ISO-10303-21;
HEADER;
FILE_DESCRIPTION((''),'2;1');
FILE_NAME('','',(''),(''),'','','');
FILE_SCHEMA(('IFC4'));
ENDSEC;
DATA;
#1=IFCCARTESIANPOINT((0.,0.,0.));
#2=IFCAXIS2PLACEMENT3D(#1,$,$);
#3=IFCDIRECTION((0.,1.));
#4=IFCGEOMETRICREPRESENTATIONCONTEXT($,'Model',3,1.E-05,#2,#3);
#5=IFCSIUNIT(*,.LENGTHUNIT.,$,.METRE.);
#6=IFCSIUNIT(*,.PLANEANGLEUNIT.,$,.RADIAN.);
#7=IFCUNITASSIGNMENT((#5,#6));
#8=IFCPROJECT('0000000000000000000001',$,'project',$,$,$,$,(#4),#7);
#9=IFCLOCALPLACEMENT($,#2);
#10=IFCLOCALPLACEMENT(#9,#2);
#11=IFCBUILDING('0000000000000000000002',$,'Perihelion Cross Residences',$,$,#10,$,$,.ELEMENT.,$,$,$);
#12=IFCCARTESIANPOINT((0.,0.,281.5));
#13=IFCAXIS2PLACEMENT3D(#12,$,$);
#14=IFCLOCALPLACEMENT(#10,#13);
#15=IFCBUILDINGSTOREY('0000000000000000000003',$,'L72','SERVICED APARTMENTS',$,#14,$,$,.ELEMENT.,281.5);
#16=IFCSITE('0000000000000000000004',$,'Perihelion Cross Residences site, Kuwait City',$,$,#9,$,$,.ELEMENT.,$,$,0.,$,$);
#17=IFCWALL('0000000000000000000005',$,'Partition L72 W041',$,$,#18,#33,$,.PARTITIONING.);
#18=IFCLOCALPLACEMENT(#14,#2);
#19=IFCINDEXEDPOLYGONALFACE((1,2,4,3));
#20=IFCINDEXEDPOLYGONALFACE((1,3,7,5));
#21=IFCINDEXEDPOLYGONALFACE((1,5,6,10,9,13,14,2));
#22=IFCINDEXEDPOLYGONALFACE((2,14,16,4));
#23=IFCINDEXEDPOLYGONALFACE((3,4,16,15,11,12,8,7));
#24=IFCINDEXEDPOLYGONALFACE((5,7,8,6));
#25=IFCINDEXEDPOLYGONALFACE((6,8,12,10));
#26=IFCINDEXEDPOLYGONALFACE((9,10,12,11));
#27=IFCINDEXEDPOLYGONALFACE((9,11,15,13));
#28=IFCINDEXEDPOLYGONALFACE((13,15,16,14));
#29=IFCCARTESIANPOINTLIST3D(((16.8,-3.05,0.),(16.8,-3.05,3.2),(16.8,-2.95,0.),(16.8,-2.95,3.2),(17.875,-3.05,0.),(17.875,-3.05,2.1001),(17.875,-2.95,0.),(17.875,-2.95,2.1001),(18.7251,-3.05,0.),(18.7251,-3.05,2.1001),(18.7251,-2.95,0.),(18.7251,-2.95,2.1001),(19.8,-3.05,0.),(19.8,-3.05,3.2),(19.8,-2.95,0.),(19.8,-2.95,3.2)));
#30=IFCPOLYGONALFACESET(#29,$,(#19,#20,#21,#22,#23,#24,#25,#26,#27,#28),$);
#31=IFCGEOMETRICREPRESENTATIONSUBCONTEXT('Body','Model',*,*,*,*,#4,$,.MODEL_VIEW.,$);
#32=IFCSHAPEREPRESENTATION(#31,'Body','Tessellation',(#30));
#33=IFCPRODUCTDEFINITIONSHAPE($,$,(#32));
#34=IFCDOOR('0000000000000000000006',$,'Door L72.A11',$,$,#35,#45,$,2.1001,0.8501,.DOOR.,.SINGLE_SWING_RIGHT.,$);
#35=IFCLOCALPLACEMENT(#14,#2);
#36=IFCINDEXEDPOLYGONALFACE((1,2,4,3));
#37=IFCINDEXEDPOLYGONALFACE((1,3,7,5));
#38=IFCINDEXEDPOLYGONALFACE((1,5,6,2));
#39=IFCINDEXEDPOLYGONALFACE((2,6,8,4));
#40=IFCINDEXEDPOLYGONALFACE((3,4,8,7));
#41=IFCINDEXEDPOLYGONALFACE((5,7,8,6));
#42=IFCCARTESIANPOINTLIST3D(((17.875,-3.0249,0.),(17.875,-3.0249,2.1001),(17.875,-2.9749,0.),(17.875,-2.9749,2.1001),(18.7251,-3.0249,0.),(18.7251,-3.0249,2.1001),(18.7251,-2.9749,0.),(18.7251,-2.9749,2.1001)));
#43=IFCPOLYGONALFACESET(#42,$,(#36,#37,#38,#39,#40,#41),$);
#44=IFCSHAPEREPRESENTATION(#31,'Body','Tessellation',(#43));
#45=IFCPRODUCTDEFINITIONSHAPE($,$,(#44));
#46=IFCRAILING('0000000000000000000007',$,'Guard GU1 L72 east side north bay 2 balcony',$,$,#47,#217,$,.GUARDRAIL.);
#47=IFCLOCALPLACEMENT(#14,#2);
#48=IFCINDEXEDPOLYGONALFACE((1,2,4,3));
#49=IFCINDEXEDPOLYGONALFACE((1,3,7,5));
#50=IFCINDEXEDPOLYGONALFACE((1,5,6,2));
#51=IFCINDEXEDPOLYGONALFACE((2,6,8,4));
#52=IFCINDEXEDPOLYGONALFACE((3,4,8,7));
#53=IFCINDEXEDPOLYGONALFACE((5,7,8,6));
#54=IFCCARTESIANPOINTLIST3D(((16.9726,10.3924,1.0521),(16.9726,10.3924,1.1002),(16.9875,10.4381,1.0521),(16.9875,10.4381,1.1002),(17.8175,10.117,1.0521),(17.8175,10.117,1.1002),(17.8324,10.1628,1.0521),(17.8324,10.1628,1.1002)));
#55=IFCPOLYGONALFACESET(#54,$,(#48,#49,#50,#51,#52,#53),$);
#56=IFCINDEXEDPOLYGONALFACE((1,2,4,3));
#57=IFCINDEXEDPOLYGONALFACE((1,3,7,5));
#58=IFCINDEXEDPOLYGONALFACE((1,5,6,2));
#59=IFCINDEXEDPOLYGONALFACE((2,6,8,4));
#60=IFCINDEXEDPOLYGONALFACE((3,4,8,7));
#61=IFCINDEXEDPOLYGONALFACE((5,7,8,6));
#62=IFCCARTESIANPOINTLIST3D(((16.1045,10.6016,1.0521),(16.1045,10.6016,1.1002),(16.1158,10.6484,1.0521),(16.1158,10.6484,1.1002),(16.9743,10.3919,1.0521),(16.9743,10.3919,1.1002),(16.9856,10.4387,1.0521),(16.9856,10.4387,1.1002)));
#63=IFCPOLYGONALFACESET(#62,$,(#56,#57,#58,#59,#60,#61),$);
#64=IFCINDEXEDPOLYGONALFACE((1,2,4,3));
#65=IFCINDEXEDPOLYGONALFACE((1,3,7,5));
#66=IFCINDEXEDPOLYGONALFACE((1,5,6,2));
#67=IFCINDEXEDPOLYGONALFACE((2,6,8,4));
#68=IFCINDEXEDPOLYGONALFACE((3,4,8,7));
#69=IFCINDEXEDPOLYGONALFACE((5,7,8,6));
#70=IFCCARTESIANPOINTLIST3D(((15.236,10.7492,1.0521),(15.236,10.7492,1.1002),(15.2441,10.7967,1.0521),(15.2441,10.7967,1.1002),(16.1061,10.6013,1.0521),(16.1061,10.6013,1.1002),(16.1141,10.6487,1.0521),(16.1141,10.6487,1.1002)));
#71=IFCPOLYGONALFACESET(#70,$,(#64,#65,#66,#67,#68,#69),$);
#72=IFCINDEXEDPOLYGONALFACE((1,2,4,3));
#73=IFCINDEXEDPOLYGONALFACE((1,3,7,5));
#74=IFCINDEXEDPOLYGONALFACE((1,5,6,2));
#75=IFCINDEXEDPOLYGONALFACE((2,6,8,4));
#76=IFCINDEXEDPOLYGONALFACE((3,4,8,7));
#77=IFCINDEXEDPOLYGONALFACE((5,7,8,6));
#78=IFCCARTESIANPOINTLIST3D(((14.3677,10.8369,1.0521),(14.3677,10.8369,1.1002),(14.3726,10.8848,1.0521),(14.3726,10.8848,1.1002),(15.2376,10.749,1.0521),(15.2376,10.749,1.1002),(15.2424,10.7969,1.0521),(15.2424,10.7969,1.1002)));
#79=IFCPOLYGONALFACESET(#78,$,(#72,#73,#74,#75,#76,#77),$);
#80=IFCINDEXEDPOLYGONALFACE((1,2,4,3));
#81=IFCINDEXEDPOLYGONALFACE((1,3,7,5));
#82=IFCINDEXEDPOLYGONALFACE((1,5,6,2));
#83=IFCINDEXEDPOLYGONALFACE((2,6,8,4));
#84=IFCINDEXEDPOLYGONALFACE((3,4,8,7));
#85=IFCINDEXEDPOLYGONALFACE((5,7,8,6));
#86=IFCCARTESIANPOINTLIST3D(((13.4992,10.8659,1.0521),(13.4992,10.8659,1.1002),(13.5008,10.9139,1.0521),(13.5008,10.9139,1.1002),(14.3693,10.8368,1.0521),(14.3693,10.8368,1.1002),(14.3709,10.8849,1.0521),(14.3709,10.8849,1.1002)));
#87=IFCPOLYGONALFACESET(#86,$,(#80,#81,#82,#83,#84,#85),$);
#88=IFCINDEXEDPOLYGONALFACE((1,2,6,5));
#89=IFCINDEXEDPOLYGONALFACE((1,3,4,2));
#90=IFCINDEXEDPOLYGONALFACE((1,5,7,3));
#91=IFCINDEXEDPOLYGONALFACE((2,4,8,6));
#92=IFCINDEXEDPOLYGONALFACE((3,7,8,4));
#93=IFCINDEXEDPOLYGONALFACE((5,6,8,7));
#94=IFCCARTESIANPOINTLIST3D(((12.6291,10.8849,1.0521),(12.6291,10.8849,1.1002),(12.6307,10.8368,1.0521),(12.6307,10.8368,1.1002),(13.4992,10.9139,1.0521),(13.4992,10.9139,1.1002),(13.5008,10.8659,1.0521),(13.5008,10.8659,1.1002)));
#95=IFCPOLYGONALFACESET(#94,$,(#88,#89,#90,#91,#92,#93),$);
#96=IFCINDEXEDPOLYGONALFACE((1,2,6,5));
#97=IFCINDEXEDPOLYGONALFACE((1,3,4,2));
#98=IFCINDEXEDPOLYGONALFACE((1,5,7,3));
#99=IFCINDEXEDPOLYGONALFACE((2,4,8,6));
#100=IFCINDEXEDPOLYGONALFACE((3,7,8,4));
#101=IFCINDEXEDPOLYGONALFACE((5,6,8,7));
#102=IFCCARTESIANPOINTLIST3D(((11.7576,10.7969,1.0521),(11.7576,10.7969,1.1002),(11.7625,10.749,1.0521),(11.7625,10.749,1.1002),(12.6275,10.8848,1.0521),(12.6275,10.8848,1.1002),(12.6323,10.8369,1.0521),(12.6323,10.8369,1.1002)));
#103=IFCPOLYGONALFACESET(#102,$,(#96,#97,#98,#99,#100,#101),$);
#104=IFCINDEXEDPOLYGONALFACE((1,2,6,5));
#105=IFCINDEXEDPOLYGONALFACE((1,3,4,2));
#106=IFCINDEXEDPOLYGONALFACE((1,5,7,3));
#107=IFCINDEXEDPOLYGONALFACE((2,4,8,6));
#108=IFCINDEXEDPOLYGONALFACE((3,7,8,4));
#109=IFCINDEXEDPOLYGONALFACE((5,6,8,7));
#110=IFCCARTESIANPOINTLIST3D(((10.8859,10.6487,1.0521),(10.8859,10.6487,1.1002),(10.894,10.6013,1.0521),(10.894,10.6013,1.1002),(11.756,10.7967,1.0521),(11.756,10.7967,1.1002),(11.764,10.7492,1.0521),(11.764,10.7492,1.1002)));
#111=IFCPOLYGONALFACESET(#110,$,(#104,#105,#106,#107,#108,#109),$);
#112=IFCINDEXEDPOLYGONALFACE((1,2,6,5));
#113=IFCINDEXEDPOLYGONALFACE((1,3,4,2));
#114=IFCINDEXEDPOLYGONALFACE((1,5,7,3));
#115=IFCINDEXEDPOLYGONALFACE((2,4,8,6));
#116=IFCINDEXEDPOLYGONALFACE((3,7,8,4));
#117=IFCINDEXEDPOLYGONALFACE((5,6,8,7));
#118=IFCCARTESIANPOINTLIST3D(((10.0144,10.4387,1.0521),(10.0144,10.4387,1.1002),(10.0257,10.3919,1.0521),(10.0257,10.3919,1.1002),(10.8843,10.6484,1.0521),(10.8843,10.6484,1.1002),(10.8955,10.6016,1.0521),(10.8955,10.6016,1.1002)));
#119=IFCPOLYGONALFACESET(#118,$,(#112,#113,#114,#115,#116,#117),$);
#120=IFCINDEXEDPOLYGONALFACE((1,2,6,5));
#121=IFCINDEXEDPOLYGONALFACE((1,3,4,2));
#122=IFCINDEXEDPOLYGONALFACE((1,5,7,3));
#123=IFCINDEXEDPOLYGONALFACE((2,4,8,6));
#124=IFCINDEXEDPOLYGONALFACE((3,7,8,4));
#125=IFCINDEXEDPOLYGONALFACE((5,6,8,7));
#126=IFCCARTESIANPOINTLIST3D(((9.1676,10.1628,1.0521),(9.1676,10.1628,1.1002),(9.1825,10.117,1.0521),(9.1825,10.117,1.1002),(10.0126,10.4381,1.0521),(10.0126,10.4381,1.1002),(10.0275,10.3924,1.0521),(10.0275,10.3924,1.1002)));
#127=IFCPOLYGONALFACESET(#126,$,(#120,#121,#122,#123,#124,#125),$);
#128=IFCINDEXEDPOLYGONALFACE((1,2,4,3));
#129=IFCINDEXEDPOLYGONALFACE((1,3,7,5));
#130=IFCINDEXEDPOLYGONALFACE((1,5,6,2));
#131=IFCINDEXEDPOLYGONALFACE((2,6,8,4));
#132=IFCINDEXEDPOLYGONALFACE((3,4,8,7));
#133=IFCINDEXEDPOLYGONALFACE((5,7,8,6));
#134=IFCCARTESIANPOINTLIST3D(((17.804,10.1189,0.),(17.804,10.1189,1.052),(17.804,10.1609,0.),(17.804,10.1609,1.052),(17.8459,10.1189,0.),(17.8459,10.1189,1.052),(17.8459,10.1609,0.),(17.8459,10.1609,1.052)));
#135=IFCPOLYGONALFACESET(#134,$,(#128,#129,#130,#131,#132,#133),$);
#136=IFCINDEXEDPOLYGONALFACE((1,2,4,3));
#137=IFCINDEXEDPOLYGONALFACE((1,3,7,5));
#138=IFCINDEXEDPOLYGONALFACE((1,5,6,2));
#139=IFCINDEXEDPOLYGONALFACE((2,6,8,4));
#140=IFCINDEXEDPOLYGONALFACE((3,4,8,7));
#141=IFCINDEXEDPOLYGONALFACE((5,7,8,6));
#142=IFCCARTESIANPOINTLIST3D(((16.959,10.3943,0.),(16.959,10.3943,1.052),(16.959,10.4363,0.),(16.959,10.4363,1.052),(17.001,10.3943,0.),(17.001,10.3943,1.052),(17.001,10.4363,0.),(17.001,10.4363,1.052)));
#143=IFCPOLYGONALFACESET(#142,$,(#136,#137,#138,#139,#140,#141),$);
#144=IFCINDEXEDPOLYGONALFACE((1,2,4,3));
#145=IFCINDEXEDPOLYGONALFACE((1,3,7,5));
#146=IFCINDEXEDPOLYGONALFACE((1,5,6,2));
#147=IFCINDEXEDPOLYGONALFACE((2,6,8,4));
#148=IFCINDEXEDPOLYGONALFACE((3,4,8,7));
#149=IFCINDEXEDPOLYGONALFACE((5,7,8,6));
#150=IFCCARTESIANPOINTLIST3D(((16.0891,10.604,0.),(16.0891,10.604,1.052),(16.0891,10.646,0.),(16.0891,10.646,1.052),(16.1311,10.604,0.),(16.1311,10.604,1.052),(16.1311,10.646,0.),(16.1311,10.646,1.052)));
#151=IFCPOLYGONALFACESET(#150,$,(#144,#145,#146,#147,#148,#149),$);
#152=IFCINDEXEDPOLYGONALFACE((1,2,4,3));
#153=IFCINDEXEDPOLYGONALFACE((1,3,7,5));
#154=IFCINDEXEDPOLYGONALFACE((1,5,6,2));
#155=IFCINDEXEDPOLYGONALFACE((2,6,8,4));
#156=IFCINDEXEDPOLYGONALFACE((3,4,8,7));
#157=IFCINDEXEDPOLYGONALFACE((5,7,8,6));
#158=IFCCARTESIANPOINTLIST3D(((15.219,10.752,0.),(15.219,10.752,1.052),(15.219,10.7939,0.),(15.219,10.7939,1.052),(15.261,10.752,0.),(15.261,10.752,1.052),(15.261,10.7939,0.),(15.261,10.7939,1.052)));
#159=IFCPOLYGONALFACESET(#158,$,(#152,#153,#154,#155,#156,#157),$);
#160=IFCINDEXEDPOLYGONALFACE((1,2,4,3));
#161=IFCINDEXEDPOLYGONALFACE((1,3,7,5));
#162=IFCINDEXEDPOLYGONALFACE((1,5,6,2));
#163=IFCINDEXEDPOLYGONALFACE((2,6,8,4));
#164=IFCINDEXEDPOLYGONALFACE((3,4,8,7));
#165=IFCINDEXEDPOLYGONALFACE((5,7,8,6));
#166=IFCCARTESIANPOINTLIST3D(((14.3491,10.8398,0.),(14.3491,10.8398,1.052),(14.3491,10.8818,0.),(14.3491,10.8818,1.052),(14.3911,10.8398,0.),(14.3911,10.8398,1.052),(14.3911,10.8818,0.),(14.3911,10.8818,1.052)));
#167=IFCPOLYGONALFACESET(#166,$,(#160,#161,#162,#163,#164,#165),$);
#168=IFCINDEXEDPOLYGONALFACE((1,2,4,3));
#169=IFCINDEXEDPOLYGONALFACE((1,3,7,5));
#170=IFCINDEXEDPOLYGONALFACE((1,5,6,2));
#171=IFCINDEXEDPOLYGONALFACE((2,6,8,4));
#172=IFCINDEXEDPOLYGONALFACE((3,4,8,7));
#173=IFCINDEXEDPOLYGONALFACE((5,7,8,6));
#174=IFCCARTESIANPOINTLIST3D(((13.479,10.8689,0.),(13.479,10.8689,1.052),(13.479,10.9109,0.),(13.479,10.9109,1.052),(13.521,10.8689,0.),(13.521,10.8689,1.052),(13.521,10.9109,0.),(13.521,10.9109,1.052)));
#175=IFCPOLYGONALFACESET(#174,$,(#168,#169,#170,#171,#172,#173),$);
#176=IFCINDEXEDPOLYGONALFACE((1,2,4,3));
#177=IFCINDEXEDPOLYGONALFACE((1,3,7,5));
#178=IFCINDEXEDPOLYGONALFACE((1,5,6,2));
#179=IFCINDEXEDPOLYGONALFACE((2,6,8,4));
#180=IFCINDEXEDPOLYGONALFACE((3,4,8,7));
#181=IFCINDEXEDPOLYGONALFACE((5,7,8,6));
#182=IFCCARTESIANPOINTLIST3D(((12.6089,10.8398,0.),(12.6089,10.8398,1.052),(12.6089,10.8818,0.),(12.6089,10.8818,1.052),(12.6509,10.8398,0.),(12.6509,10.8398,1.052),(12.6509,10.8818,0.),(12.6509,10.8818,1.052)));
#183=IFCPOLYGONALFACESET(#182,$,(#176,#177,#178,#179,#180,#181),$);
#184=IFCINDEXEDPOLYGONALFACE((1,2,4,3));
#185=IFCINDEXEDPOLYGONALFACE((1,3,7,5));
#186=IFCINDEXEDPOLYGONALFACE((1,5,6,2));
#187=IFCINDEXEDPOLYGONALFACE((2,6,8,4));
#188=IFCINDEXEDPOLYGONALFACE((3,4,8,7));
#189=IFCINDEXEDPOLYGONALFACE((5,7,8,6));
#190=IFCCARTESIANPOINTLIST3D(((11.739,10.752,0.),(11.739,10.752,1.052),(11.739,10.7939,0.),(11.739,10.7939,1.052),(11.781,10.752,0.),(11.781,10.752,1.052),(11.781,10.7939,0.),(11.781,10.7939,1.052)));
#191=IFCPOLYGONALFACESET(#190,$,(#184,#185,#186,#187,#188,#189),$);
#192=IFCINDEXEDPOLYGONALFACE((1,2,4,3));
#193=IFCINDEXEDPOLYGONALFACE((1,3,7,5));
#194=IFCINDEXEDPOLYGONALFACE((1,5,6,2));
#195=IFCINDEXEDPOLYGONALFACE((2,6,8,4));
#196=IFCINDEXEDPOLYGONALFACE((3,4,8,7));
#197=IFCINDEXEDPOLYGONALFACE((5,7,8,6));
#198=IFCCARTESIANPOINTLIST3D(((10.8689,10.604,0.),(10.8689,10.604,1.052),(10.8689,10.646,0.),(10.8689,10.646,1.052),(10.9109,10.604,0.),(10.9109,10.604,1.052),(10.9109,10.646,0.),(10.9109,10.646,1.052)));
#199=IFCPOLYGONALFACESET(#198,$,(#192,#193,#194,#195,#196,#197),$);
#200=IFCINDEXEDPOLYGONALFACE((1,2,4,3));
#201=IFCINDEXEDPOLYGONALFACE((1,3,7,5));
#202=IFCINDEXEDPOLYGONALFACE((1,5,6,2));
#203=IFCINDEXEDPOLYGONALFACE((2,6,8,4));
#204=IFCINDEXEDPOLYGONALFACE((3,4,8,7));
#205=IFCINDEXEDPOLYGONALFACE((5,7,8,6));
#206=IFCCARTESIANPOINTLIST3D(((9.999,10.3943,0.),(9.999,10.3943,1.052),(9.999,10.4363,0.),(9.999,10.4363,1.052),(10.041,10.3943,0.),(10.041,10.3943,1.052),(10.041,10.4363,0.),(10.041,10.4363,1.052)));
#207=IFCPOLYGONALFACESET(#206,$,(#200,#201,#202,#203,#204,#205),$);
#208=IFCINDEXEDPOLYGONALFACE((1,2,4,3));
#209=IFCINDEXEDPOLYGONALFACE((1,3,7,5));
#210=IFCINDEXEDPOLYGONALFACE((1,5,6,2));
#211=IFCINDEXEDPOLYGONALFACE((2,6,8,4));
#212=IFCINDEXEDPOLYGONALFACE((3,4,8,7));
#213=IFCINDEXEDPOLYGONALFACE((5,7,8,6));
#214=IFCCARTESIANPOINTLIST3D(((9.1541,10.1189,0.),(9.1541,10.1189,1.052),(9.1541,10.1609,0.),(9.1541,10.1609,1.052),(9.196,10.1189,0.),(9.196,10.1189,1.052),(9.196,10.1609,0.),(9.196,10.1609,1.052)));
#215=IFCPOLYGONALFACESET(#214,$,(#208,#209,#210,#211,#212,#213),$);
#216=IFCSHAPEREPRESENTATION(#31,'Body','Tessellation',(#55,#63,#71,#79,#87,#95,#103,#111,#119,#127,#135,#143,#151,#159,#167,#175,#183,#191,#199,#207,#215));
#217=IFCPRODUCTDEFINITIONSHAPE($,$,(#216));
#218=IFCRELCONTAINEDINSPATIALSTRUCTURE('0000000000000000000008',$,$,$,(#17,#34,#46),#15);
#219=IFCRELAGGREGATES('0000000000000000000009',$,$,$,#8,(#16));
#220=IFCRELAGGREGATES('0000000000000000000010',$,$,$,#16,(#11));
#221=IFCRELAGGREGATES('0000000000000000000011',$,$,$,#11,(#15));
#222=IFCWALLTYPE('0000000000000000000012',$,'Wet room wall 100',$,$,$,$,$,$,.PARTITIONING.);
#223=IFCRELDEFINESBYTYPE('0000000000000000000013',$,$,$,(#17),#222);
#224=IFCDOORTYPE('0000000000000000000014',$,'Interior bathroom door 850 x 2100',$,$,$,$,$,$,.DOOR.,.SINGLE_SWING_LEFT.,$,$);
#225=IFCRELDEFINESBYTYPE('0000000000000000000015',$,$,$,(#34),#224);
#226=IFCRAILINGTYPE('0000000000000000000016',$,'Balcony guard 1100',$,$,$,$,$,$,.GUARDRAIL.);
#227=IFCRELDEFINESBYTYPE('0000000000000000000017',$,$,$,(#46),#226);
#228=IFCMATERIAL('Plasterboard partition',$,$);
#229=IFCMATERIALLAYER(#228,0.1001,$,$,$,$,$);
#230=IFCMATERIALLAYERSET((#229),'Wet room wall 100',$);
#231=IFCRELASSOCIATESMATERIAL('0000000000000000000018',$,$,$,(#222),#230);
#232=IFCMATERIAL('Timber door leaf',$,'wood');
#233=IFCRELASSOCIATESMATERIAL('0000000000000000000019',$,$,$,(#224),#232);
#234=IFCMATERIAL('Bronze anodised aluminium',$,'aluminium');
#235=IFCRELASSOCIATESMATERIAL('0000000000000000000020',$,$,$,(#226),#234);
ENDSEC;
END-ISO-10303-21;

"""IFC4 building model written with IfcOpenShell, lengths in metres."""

from ifc_helpers import new_model, si_unit, direction, frame, frame_2d, origin, origin_2d, place, context, subcontext, project, spatial, rectangle, extrude, material, layer, layer_set, type_object, element, fill, save


model = new_model("IFC4")

# Units and contexts
model_context = context("Model", 3, precision=1e-05, world=origin(), true_north=direction((0.0, 1.0)))
body_context = subcontext(model_context, "Body", "Model", "MODEL_VIEW")
ifc_project = project(units=[si_unit("LENGTHUNIT", "METRE"), si_unit("PLANEANGLEUNIT", "RADIAN")], contexts=[model_context])

# Site, building, storey
site_placement = place(None, origin())
site = spatial("IfcSite", under=ifc_project, at=site_placement, Name="Perihelion Cross Residences site, Kuwait City", CompositionType="ELEMENT", RefElevation=0.0)
building_placement = place(site_placement, origin())
building = spatial("IfcBuilding", under=site, at=building_placement, Name="Perihelion Cross Residences", CompositionType="ELEMENT")
storey_placement = place(building_placement, frame((0.0, 0.0, 281.5)))
storey = spatial("IfcBuildingStorey", under=building, at=storey_placement, Name="L72", Description="SERVICED APARTMENTS", CompositionType="ELEMENT", Elevation=281.5)

# Shared definitions
ifc_material_1 = material(Name="Plasterboard partition")
ifc_layer_1 = layer(ifc_material_1, 0.1001)
ifc_layer_set_1 = layer_set([ifc_layer_1], Name="Wet room wall 100")
wall_type_1 = type_object("IfcWallType", Name="Wet room wall 100", PredefinedType="PARTITIONING", material=ifc_layer_set_1)

# Shared definitions
ifc_material_2 = material(Name="Timber door leaf", Category="wood")
door_type_1 = type_object("IfcDoorType", Name="Interior bathroom door 850 x 2100", OperationType="SINGLE_SWING_LEFT", PredefinedType="DOOR", material=ifc_material_2)

# Wall, opening, door
wall_1_placement = place(storey_placement, frame((19.8, -3.0, 0.0), z_axis=(0.0, 0.0, 1.0), x_axis=(-1.0, 0.0, 0.0)))
wall_1 = element("IfcWall", 1, at=wall_1_placement, inside=storey, type_object=wall_type_1, Name="Partition L72 W041", PredefinedType="PARTITIONING", context=body_context, shape_type="SweptSolid", body=[
    extrude(rectangle(XDim=3.0, YDim=0.1001, at=frame_2d((1.5, 0.0))), origin(), (0.0, 0.0, 1.0), 3.2),
])
opening_1_placement = place(wall_1_placement, frame((1.075, 0.0, 0.0)))
opening_1 = element("IfcOpeningElement", 2, at=opening_1_placement, cuts=wall_1, PredefinedType="OPENING", context=body_context, shape_type="SweptSolid", body=[
    extrude(rectangle(XDim=0.8501, YDim=2.1001, at=frame_2d((0.425, 1.05))), frame((0.0, 0.0601, 0.0), z_axis=(0.0, -1.0, 0.0), x_axis=(1.0, 0.0, 0.0)), (0.0, 0.0, 1.0), 0.1201),
])
door_1_placement = place(opening_1_placement, origin())
door_1 = element("IfcDoor", 3, at=door_1_placement, inside=storey, type_object=door_type_1, Name="Door L72.A11", OperationType="SINGLE_SWING_RIGHT", OverallHeight=2.1001, OverallWidth=0.8501, PredefinedType="DOOR", context=body_context, shape_type="SweptSolid", body=[
    extrude(rectangle(XDim=0.8501, YDim=2.1001, at=frame_2d((0.425, 1.05))), frame((0.0, 0.0249, 0.0), z_axis=(0.0, -1.0, 0.0), x_axis=(1.0, 0.0, 0.0)), (0.0, 0.0, 1.0), 0.05),
])
fill(opening_1, door_1)

# Railing
ifc_material_3 = material(Name="Bronze anodised aluminium", Category="aluminium")
railing_type = type_object("IfcRailingType", Name="Balcony guard 1100", PredefinedType="GUARDRAIL", material=ifc_material_3)
railing_1_placement = place(storey_placement, frame((17.825, 10.1399, 0.0)))
element("IfcRailing", 4, at=railing_1_placement, inside=storey, type_object=railing_type, Name="Guard GU1 L72 east side north bay 2 balcony", PredefinedType="GUARDRAIL", context=body_context, shape_type="SweptSolid", body=[
    extrude(rectangle(XDim=0.0481, YDim=0.0481, at=origin_2d()), frame((0.0, 0.0, 1.0762), z_axis=(-0.950777, 0.309875, 0.0), x_axis=(-0.309875, -0.950777, 0.0)), (0.0, 0.0, 1.0), 0.8887),
    extrude(rectangle(XDim=0.0481, YDim=0.0481, at=origin_2d()), frame((-0.845, 0.2754, 1.0762), z_axis=(-0.972147, 0.234374, 0.0), x_axis=(-0.234374, -0.972147, 0.0)), (0.0, 0.0, 1.0), 0.8948),
    extrude(rectangle(XDim=0.0481, YDim=0.0481, at=origin_2d()), frame((-1.7148, 0.4851, 1.0762), z_axis=(-0.98585, 0.167628, 0.0), x_axis=(-0.167628, -0.98585, 0.0)), (0.0, 0.0, 1.0), 0.8826),
    extrude(rectangle(XDim=0.0481, YDim=0.0481, at=origin_2d()), frame((-2.585, 0.6331, 1.0762), z_axis=(-0.994934, 0.100527, 0.0), x_axis=(-0.100527, -0.994934, 0.0)), (0.0, 0.0, 1.0), 0.8743),
    extrude(rectangle(XDim=0.0481, YDim=0.0481, at=origin_2d()), frame((-3.4548, 0.7209, 1.0762), z_axis=(-0.999443, 0.033371, 0.0), x_axis=(-0.033371, -0.999443, 0.0)), (0.0, 0.0, 1.0), 0.8706),
    extrude(rectangle(XDim=0.0481, YDim=0.0481, at=origin_2d()), frame((-4.325, 0.75, 1.0762), z_axis=(-0.999443, -0.033371, 0.0), x_axis=(0.033371, -0.999443, 0.0)), (0.0, 0.0, 1.0), 0.8706),
    extrude(rectangle(XDim=0.0481, YDim=0.0481, at=origin_2d()), frame((-5.1951, 0.7209, 1.0762), z_axis=(-0.994934, -0.100527, 0.0), x_axis=(0.100527, -0.994934, 0.0)), (0.0, 0.0, 1.0), 0.8743),
    extrude(rectangle(XDim=0.0481, YDim=0.0481, at=origin_2d()), frame((-6.0649, 0.6331, 1.0762), z_axis=(-0.98585, -0.167628, 0.0), x_axis=(0.167628, -0.98585, 0.0)), (0.0, 0.0, 1.0), 0.8826),
    extrude(rectangle(XDim=0.0481, YDim=0.0481, at=origin_2d()), frame((-6.9351, 0.4851, 1.0762), z_axis=(-0.972147, -0.234374, 0.0), x_axis=(0.234374, -0.972147, 0.0)), (0.0, 0.0, 1.0), 0.8948),
    extrude(rectangle(XDim=0.0481, YDim=0.0481, at=origin_2d()), frame((-7.8049, 0.2754, 1.0762), z_axis=(-0.950777, -0.309875, 0.0), x_axis=(0.309875, -0.950777, 0.0)), (0.0, 0.0, 1.0), 0.8887),
    extrude(rectangle(XDim=0.042, YDim=0.042, at=origin_2d()), origin(), (0.0, 0.0, 1.0), 1.052),
    extrude(rectangle(XDim=0.042, YDim=0.042, at=origin_2d()), frame((-0.845, 0.2754, 0.0)), (0.0, 0.0, 1.0), 1.052),
    extrude(rectangle(XDim=0.042, YDim=0.042, at=origin_2d()), frame((-1.7148, 0.4851, 0.0)), (0.0, 0.0, 1.0), 1.052),
    extrude(rectangle(XDim=0.042, YDim=0.042, at=origin_2d()), frame((-2.585, 0.6331, 0.0)), (0.0, 0.0, 1.0), 1.052),
    extrude(rectangle(XDim=0.042, YDim=0.042, at=origin_2d()), frame((-3.4548, 0.7209, 0.0)), (0.0, 0.0, 1.0), 1.052),
    extrude(rectangle(XDim=0.042, YDim=0.042, at=origin_2d()), frame((-4.325, 0.75, 0.0)), (0.0, 0.0, 1.0), 1.052),
    extrude(rectangle(XDim=0.042, YDim=0.042, at=origin_2d()), frame((-5.1951, 0.7209, 0.0)), (0.0, 0.0, 1.0), 1.052),
    extrude(rectangle(XDim=0.042, YDim=0.042, at=origin_2d()), frame((-6.0649, 0.6331, 0.0)), (0.0, 0.0, 1.0), 1.052),
    extrude(rectangle(XDim=0.042, YDim=0.042, at=origin_2d()), frame((-6.9351, 0.4851, 0.0)), (0.0, 0.0, 1.0), 1.052),
    extrude(rectangle(XDim=0.042, YDim=0.042, at=origin_2d()), frame((-7.8049, 0.2754, 0.0)), (0.0, 0.0, 1.0), 1.052),
    extrude(rectangle(XDim=0.042, YDim=0.042, at=origin_2d()), frame((-8.6499, 0.0, 0.0)), (0.0, 0.0, 1.0), 1.052),
])

save(model, "model.ifc")
